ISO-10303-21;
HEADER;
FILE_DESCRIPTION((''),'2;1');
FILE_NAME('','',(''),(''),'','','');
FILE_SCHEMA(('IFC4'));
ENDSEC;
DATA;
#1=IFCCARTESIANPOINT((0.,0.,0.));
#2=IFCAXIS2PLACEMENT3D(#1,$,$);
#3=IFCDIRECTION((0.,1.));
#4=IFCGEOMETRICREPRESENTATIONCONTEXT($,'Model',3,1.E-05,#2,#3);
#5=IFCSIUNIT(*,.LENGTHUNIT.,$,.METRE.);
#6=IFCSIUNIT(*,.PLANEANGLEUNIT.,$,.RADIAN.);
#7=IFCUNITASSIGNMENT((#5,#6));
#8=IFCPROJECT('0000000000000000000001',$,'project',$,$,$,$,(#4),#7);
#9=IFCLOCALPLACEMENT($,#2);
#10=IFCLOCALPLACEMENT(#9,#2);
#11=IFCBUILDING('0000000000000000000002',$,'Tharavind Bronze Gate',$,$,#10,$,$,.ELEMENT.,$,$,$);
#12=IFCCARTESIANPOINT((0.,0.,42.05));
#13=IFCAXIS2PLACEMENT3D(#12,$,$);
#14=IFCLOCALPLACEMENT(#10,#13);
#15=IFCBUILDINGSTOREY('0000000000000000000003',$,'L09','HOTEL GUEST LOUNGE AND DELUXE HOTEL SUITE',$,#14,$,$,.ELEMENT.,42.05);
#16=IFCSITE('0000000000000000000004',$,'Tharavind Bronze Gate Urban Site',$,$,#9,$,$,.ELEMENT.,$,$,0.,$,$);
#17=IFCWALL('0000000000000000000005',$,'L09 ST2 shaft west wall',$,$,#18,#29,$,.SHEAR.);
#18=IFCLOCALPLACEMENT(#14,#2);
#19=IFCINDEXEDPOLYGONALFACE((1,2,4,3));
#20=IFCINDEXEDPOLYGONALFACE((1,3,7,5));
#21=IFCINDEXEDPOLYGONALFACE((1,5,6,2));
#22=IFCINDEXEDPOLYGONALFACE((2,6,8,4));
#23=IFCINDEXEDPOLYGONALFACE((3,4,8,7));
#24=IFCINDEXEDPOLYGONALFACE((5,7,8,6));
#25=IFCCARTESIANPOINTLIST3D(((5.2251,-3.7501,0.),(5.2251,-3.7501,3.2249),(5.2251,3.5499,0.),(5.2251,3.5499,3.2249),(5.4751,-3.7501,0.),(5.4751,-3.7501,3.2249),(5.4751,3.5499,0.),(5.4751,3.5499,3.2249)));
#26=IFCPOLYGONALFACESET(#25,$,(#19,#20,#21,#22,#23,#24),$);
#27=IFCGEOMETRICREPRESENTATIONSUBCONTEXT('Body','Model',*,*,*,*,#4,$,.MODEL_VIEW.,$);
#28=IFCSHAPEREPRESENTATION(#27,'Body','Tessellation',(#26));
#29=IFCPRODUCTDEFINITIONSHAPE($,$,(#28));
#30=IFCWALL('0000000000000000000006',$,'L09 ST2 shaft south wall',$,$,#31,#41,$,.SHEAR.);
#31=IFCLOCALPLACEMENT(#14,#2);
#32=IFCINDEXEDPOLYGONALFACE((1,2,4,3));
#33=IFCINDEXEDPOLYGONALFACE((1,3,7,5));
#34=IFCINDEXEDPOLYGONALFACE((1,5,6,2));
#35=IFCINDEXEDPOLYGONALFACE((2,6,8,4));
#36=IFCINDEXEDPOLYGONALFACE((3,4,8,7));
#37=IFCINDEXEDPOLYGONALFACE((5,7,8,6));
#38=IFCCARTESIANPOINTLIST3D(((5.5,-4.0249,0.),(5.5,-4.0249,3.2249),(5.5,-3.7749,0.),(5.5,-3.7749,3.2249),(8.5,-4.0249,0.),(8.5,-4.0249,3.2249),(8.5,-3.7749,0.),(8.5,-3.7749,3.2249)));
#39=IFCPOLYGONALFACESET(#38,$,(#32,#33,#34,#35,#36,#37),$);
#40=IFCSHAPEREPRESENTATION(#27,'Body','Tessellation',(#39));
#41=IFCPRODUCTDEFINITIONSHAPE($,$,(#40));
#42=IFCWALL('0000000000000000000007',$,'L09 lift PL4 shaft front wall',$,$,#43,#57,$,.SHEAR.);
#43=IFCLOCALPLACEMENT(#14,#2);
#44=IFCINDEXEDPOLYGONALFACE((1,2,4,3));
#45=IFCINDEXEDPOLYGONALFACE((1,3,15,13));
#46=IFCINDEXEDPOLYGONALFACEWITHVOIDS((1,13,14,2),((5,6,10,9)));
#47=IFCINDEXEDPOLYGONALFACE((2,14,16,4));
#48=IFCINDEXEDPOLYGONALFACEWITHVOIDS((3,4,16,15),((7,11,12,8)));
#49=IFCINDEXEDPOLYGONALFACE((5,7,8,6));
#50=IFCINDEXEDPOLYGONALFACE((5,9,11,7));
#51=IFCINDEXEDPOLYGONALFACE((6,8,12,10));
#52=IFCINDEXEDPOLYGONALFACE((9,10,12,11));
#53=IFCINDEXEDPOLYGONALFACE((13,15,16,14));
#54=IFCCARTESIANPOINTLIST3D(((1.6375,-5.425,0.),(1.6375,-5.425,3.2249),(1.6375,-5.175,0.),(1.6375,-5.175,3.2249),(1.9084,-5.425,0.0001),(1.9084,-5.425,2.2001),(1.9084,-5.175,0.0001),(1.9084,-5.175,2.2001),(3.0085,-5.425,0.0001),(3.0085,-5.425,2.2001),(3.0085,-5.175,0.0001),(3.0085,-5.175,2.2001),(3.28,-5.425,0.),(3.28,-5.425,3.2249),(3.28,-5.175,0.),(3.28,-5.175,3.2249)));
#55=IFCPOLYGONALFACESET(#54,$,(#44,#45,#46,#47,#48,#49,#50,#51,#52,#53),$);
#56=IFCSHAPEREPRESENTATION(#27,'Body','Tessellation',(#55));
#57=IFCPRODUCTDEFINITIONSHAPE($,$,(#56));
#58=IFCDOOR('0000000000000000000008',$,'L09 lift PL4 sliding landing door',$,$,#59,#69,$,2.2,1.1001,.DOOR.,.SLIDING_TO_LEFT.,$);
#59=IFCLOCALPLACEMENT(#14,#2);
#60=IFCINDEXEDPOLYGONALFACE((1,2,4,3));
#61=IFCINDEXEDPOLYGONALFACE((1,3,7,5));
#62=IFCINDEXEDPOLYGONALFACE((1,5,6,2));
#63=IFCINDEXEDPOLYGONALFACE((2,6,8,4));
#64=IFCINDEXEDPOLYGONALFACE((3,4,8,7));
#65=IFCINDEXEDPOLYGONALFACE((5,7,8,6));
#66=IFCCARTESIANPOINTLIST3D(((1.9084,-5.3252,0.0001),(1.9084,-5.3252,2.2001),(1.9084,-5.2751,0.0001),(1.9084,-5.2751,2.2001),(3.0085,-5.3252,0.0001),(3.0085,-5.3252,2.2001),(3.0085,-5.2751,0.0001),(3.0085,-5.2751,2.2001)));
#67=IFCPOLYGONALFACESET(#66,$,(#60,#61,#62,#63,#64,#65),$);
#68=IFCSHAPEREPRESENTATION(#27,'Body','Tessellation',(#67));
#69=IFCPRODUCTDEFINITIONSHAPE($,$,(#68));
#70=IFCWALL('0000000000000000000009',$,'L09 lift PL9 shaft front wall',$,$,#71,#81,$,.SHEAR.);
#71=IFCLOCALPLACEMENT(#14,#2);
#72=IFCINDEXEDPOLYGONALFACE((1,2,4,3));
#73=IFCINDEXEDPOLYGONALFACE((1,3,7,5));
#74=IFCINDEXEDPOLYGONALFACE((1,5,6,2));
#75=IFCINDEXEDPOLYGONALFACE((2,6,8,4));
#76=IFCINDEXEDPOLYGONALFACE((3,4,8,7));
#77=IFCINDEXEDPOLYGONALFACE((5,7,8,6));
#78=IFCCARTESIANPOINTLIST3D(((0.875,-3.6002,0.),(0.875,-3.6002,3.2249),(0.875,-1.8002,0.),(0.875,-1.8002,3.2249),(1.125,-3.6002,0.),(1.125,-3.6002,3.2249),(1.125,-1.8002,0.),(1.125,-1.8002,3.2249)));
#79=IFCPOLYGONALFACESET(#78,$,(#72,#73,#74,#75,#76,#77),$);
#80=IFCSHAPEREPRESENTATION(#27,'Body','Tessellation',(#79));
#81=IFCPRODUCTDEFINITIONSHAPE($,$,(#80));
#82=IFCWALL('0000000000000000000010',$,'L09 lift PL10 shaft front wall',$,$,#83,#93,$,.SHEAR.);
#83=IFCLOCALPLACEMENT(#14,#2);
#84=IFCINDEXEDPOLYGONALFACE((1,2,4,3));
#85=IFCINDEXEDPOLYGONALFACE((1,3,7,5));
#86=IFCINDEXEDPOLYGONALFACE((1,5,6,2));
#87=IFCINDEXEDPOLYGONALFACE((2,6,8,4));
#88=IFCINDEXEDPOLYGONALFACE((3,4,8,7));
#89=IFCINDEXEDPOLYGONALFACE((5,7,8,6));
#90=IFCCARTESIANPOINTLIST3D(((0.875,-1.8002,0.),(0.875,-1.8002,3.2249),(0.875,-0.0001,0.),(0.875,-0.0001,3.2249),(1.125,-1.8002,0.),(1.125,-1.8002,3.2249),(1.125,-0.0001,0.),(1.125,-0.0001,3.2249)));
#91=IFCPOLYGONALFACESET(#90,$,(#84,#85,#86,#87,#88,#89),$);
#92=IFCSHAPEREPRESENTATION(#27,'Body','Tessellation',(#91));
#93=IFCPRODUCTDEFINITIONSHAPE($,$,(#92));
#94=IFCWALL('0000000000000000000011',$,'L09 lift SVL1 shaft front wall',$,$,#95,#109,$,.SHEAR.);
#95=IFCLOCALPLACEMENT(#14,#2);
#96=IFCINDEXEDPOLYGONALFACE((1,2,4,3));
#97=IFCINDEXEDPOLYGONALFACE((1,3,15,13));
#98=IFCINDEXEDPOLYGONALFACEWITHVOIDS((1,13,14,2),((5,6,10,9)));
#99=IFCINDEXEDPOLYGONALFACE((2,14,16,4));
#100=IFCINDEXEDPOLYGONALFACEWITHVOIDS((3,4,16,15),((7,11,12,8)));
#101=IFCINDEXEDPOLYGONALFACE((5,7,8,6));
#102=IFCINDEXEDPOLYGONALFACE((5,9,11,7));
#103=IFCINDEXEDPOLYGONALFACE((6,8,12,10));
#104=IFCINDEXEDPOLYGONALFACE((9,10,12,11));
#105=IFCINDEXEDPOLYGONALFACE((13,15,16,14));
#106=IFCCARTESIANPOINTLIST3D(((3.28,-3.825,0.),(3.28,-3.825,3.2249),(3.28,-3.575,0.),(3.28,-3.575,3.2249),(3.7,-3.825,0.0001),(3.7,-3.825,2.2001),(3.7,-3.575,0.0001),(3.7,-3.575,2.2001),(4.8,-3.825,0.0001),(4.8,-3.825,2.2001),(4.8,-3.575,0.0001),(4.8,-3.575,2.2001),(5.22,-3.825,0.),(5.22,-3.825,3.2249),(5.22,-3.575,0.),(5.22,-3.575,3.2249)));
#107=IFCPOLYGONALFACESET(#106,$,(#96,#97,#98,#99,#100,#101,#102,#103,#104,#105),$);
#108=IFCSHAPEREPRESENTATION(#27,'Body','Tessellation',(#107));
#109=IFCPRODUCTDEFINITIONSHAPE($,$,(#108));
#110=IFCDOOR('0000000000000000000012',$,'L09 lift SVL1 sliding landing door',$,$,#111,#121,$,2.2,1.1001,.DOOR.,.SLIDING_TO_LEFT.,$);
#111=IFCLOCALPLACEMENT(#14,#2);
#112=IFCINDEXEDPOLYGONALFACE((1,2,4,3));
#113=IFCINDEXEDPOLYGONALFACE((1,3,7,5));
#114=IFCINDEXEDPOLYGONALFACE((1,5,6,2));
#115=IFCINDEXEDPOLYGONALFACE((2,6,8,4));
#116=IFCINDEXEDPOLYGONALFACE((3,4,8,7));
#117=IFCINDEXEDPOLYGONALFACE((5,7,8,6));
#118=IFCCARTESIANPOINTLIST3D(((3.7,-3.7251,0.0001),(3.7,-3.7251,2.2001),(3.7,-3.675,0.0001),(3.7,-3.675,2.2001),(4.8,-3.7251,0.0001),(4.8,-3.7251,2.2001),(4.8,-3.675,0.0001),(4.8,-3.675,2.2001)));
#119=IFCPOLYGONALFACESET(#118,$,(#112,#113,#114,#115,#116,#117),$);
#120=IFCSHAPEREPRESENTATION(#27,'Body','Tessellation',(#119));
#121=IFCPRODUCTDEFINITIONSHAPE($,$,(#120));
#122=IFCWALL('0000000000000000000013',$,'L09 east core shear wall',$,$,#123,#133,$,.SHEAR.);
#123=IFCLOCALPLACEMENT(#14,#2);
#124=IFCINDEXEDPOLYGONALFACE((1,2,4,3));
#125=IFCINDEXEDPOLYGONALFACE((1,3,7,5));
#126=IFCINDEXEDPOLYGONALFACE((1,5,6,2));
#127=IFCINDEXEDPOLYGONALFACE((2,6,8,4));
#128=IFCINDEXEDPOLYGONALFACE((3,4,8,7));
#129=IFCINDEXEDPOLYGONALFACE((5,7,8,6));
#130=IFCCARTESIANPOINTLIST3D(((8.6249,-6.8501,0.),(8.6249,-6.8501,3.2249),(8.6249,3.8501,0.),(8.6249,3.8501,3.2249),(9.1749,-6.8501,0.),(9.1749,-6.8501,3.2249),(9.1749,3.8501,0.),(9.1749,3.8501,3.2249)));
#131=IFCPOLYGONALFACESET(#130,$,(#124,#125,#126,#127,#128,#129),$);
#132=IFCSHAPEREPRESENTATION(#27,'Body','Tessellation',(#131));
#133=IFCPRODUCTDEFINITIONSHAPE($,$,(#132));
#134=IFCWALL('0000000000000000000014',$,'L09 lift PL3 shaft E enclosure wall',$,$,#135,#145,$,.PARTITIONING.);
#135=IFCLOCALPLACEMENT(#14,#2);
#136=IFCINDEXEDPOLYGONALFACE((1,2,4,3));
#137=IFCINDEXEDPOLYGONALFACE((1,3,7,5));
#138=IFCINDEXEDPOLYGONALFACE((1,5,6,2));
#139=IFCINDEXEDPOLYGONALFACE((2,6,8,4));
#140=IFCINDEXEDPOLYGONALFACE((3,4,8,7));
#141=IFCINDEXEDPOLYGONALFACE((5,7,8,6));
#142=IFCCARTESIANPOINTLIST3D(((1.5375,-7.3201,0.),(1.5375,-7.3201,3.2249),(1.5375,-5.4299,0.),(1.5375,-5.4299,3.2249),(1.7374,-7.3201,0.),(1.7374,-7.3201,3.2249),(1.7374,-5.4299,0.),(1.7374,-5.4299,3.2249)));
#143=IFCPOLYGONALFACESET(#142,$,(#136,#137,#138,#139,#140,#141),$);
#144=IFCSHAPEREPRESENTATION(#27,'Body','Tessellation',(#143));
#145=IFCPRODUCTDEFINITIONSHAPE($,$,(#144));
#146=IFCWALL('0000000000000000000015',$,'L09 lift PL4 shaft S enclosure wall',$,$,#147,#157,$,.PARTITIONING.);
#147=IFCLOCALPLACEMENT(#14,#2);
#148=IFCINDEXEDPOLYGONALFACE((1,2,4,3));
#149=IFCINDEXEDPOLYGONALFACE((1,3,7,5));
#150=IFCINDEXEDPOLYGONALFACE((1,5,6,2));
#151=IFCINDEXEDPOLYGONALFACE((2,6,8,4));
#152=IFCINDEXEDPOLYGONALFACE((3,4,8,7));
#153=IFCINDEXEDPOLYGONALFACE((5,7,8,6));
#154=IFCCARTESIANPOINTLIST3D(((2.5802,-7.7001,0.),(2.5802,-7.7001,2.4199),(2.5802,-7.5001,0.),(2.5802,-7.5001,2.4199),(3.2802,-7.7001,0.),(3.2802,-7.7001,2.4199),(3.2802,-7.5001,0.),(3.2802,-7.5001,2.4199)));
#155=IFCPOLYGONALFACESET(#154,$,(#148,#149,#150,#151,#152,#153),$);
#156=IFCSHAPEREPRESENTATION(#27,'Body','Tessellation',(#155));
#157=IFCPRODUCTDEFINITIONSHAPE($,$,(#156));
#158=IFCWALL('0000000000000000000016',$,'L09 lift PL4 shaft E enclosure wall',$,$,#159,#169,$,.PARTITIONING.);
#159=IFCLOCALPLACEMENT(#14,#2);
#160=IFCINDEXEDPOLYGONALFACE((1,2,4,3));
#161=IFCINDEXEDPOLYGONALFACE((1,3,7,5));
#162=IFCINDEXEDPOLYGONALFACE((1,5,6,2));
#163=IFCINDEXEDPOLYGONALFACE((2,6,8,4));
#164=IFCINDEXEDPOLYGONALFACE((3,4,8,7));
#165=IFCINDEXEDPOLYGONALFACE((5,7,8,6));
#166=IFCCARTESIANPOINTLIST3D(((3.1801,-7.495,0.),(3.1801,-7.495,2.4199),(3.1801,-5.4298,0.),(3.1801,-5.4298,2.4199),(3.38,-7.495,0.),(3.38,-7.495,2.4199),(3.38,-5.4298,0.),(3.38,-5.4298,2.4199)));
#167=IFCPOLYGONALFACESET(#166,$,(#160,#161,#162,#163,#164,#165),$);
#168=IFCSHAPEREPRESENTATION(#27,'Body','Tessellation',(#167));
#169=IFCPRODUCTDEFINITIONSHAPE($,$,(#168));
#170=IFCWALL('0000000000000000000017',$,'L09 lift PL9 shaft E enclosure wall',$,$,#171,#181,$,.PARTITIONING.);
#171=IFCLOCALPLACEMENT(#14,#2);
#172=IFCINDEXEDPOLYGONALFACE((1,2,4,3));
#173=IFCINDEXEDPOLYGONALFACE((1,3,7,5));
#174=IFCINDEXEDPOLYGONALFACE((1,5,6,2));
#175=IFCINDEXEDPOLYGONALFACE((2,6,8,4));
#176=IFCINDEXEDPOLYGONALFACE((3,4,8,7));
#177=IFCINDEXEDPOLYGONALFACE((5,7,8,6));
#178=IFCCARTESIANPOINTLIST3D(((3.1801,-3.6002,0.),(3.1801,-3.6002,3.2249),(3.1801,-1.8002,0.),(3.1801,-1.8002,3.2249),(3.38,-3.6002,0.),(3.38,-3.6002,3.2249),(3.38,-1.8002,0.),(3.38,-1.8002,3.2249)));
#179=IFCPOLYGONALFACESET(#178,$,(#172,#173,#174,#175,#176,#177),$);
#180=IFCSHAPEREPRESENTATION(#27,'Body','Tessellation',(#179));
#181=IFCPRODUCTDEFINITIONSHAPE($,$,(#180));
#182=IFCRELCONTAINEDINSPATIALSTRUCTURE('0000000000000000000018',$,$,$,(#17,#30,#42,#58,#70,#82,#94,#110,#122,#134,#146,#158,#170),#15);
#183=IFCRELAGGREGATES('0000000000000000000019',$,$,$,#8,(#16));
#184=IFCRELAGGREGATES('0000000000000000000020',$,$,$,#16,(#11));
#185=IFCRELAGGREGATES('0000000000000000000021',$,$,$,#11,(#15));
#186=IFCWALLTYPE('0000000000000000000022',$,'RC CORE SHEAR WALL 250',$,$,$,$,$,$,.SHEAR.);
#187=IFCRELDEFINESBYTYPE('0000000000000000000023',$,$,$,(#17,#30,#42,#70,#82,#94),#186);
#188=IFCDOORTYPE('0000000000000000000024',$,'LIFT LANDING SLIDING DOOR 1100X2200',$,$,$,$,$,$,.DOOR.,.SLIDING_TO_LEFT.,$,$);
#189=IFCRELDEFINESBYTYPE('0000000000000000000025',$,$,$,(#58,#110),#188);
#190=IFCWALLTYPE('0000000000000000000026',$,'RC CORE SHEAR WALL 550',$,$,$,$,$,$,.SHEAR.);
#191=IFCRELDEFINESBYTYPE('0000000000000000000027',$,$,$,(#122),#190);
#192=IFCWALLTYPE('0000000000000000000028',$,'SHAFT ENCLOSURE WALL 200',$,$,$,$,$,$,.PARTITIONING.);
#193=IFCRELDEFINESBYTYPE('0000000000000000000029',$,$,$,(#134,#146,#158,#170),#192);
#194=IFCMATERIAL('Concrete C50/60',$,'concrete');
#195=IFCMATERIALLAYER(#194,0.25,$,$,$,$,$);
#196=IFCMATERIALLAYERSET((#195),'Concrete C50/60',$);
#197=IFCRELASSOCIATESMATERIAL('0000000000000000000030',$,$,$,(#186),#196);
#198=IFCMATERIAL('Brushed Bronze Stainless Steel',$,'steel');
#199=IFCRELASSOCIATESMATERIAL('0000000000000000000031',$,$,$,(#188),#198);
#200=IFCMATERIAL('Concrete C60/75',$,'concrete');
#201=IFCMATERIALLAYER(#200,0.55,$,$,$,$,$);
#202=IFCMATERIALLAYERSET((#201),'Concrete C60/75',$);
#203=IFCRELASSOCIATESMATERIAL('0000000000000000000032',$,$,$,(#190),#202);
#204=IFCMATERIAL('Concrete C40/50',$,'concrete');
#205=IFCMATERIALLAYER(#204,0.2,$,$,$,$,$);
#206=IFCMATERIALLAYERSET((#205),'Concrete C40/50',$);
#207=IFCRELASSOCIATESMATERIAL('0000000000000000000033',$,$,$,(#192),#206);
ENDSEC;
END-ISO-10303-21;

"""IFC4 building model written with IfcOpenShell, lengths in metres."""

from ifc_helpers import new_model, si_unit, direction, frame, frame_2d, origin, place, context, subcontext, project, spatial, rectangle, extrude, material, layer, layer_set, type_object, element, fill, save


model = new_model("IFC4")

# Units and contexts
model_context = context("Model", 3, precision=1e-05, world=origin(), true_north=direction((0.0, 1.0)))
body_context = subcontext(model_context, "Body", "Model", "MODEL_VIEW")
ifc_project = project(units=[si_unit("LENGTHUNIT", "METRE"), si_unit("PLANEANGLEUNIT", "RADIAN")], contexts=[model_context])

# Site, building, storey
site_placement = place(None, origin())
site = spatial("IfcSite", under=ifc_project, at=site_placement, Name="Tharavind Bronze Gate Urban Site", CompositionType="ELEMENT", RefElevation=0.0)
building_placement = place(site_placement, origin())
building = spatial("IfcBuilding", under=site, at=building_placement, Name="Tharavind Bronze Gate", CompositionType="ELEMENT")
storey_placement = place(building_placement, frame((0.0, 0.0, 42.05)))
storey = spatial("IfcBuildingStorey", under=building, at=storey_placement, Name="L09", Description="HOTEL GUEST LOUNGE AND DELUXE HOTEL SUITE", CompositionType="ELEMENT", Elevation=42.05)

# Walls
ifc_material_1 = material(Name="Concrete C50/60", Category="concrete")
ifc_layer_1 = layer(ifc_material_1, 0.25)
ifc_layer_set_1 = layer_set([ifc_layer_1], Name="Concrete C50/60")
wall_type_1 = type_object("IfcWallType", Name="RC CORE SHEAR WALL 250", PredefinedType="SHEAR", material=ifc_layer_set_1)
wall_1_placement = place(storey_placement, frame((5.3501, -3.75, 0.0), z_axis=(0.0, 0.0, 1.0), x_axis=(0.0, 1.0, 0.0)))
element("IfcWall", 1, at=wall_1_placement, inside=storey, type_object=wall_type_1, Name="L09 ST2 shaft west wall", PredefinedType="SHEAR", context=body_context, shape_type="SweptSolid", body=[
    extrude(rectangle(XDim=7.3, YDim=0.25, at=frame_2d((3.6499, 0.0))), origin(), (0.0, 0.0, 1.0), 3.2249),
])
wall_2_placement = place(storey_placement, frame((5.5, -3.8999, 0.0), z_axis=(0.0, 0.0, 1.0), x_axis=(1.0, 0.0, 0.0)))
element("IfcWall", 2, at=wall_2_placement, inside=storey, type_object=wall_type_1, Name="L09 ST2 shaft south wall", PredefinedType="SHEAR", context=body_context, shape_type="SweptSolid", body=[
    extrude(rectangle(XDim=3.0, YDim=0.25, at=frame_2d((1.5, 0.0))), origin(), (0.0, 0.0, 1.0), 3.2249),
])

# Wall, opening, door
wall_3_placement = place(storey_placement, frame((1.6375, -5.3, 0.0), z_axis=(0.0, 0.0, 1.0), x_axis=(1.0, 0.0, 0.0)))
wall_3 = element("IfcWall", 3, at=wall_3_placement, inside=storey, type_object=wall_type_1, Name="L09 lift PL4 shaft front wall", PredefinedType="SHEAR", context=body_context, shape_type="SweptSolid", body=[
    extrude(rectangle(XDim=1.6426, YDim=0.25, at=frame_2d((0.8213, 0.0))), origin(), (0.0, 0.0, 1.0), 3.2249),
])
opening_1_placement = place(wall_3_placement, frame((0.271, 0.0, 0.0)))
opening_1 = element("IfcOpeningElement", 4, at=opening_1_placement, cuts=wall_3, PredefinedType="OPENING", context=body_context, shape_type="SweptSolid", body=[
    extrude(rectangle(XDim=1.1001, YDim=2.2, at=frame_2d((0.55, 1.1001))), frame((0.0, 0.135, 0.0), z_axis=(0.0, -1.0, 0.0), x_axis=(1.0, 0.0, 0.0)), (0.0, 0.0, 1.0), 0.27),
])
ifc_material_2 = material(Name="Brushed Bronze Stainless Steel", Category="steel")
door_type_1 = type_object("IfcDoorType", Name="LIFT LANDING SLIDING DOOR 1100X2200", OperationType="SLIDING_TO_LEFT", PredefinedType="DOOR", material=ifc_material_2)
door_1_placement = place(opening_1_placement, origin())
door_1 = element("IfcDoor", 5, at=door_1_placement, inside=storey, type_object=door_type_1, Name="L09 lift PL4 sliding landing door", OperationType="SLIDING_TO_LEFT", OverallHeight=2.2, OverallWidth=1.1001, PredefinedType="DOOR", context=body_context, shape_type="SweptSolid", body=[
    extrude(rectangle(XDim=1.1001, YDim=2.2, at=frame_2d((0.55, 1.1001))), frame((0.0, 0.0249, 0.0), z_axis=(0.0, -1.0, 0.0), x_axis=(1.0, 0.0, 0.0)), (0.0, 0.0, 1.0), 0.05),
])
fill(opening_1, door_1)

# Walls
for number, where, z_axis, x_axis, name in (
    (6, (1.0, -3.6001, 0.0), (0.0, 0.0, 1.0), (0.0, 1.0, 0.0), "L09 lift PL9 shaft front wall"),
    (7, (1.0, -1.8, 0.0), (0.0, 0.0, 1.0), (0.0, 1.0, 0.0), "L09 lift PL10 shaft front wall"),
):
    element("IfcWall", number, at=place(storey_placement, frame(where, z_axis=z_axis, x_axis=x_axis)), inside=storey, type_object=wall_type_1, Name=name, PredefinedType="SHEAR", context=body_context, shape_type="SweptSolid", body=[
        extrude(rectangle(XDim=1.8, YDim=0.25, at=frame_2d((0.8999, 0.0))), origin(), (0.0, 0.0, 1.0), 3.2249),
    ])

# Wall, opening, door
wall_4_placement = place(storey_placement, frame((3.28, -3.7, 0.0), z_axis=(0.0, 0.0, 1.0), x_axis=(1.0, 0.0, 0.0)))
wall_4 = element("IfcWall", 8, at=wall_4_placement, inside=storey, type_object=wall_type_1, Name="L09 lift SVL1 shaft front wall", PredefinedType="SHEAR", context=body_context, shape_type="SweptSolid", body=[
    extrude(rectangle(XDim=1.9399, YDim=0.25, at=frame_2d((0.97, 0.0))), origin(), (0.0, 0.0, 1.0), 3.2249),
])
opening_2_placement = place(wall_4_placement, frame((0.4199, 0.0, 0.0)))
opening_2 = element("IfcOpeningElement", 9, at=opening_2_placement, cuts=wall_4, PredefinedType="OPENING", context=body_context, shape_type="SweptSolid", body=[
    extrude(rectangle(XDim=1.1001, YDim=2.2, at=frame_2d((0.55, 1.1001))), frame((0.0, 0.135, 0.0), z_axis=(0.0, -1.0, 0.0), x_axis=(1.0, 0.0, 0.0)), (0.0, 0.0, 1.0), 0.27),
])
door_2_placement = place(opening_2_placement, origin())
door_2 = element("IfcDoor", 10, at=door_2_placement, inside=storey, type_object=door_type_1, Name="L09 lift SVL1 sliding landing door", OperationType="SLIDING_TO_LEFT", OverallHeight=2.2, OverallWidth=1.1001, PredefinedType="DOOR", context=body_context, shape_type="SweptSolid", body=[
    extrude(rectangle(XDim=1.1001, YDim=2.2, at=frame_2d((0.55, 1.1001))), frame((0.0, 0.0249, 0.0), z_axis=(0.0, -1.0, 0.0), x_axis=(1.0, 0.0, 0.0)), (0.0, 0.0, 1.0), 0.05),
])
fill(opening_2, door_2)

# Walls
ifc_material_3 = material(Name="Concrete C60/75", Category="concrete")
ifc_layer_2 = layer(ifc_material_3, 0.55)
ifc_layer_set_2 = layer_set([ifc_layer_2], Name="Concrete C60/75")
wall_type_2 = type_object("IfcWallType", Name="RC CORE SHEAR WALL 550", PredefinedType="SHEAR", material=ifc_layer_set_2)
wall_5_placement = place(storey_placement, frame((8.8999, -6.8501, 0.0), z_axis=(0.0, 0.0, 1.0), x_axis=(0.0, 1.0, 0.0)))
element("IfcWall", 11, at=wall_5_placement, inside=storey, type_object=wall_type_2, Name="L09 east core shear wall", PredefinedType="SHEAR", context=body_context, shape_type="SweptSolid", body=[
    extrude(rectangle(XDim=10.7002, YDim=0.55, at=frame_2d((5.3501, 0.0))), origin(), (0.0, 0.0, 1.0), 3.2249),
])
ifc_material_4 = material(Name="Concrete C40/50", Category="concrete")
ifc_layer_3 = layer(ifc_material_4, 0.2)
ifc_layer_set_3 = layer_set([ifc_layer_3], Name="Concrete C40/50")
wall_type_3 = type_object("IfcWallType", Name="SHAFT ENCLOSURE WALL 200", PredefinedType="PARTITIONING", material=ifc_layer_set_3)
wall_6_placement = place(storey_placement, frame((1.6375, -7.3201, 0.0), z_axis=(0.0, 0.0, 1.0), x_axis=(0.0, 1.0, 0.0)))
element("IfcWall", 12, at=wall_6_placement, inside=storey, type_object=wall_type_3, Name="L09 lift PL3 shaft E enclosure wall", PredefinedType="PARTITIONING", context=body_context, shape_type="SweptSolid", body=[
    extrude(rectangle(XDim=1.8901, YDim=0.2, at=frame_2d((0.9451, 0.0))), origin(), (0.0, 0.0, 1.0), 3.2249),
])
wall_7_placement = place(storey_placement, frame((2.5801, -7.6001, 0.0), z_axis=(0.0, 0.0, 1.0), x_axis=(1.0, 0.0, 0.0)))
element("IfcWall", 13, at=wall_7_placement, inside=storey, type_object=wall_type_3, Name="L09 lift PL4 shaft S enclosure wall", PredefinedType="PARTITIONING", context=body_context, shape_type="SweptSolid", body=[
    extrude(rectangle(XDim=0.7, YDim=0.2, at=frame_2d((0.3501, 0.0))), origin(), (0.0, 0.0, 1.0), 2.4199),
])
wall_8_placement = place(storey_placement, frame((3.28, -7.4951, 0.0), z_axis=(0.0, 0.0, 1.0), x_axis=(0.0, 1.0, 0.0)))
element("IfcWall", 14, at=wall_8_placement, inside=storey, type_object=wall_type_3, Name="L09 lift PL4 shaft E enclosure wall", PredefinedType="PARTITIONING", context=body_context, shape_type="SweptSolid", body=[
    extrude(rectangle(XDim=2.0652, YDim=0.2, at=frame_2d((1.0327, 0.0))), origin(), (0.0, 0.0, 1.0), 2.4199),
])
wall_9_placement = place(storey_placement, frame((3.28, -3.6001, 0.0), z_axis=(0.0, 0.0, 1.0), x_axis=(0.0, 1.0, 0.0)))
element("IfcWall", 15, at=wall_9_placement, inside=storey, type_object=wall_type_3, Name="L09 lift PL9 shaft E enclosure wall", PredefinedType="PARTITIONING", context=body_context, shape_type="SweptSolid", body=[
    extrude(rectangle(XDim=1.8, YDim=0.2, at=frame_2d((0.8999, 0.0))), origin(), (0.0, 0.0, 1.0), 3.2249),
])

save(model, "model.ifc")
